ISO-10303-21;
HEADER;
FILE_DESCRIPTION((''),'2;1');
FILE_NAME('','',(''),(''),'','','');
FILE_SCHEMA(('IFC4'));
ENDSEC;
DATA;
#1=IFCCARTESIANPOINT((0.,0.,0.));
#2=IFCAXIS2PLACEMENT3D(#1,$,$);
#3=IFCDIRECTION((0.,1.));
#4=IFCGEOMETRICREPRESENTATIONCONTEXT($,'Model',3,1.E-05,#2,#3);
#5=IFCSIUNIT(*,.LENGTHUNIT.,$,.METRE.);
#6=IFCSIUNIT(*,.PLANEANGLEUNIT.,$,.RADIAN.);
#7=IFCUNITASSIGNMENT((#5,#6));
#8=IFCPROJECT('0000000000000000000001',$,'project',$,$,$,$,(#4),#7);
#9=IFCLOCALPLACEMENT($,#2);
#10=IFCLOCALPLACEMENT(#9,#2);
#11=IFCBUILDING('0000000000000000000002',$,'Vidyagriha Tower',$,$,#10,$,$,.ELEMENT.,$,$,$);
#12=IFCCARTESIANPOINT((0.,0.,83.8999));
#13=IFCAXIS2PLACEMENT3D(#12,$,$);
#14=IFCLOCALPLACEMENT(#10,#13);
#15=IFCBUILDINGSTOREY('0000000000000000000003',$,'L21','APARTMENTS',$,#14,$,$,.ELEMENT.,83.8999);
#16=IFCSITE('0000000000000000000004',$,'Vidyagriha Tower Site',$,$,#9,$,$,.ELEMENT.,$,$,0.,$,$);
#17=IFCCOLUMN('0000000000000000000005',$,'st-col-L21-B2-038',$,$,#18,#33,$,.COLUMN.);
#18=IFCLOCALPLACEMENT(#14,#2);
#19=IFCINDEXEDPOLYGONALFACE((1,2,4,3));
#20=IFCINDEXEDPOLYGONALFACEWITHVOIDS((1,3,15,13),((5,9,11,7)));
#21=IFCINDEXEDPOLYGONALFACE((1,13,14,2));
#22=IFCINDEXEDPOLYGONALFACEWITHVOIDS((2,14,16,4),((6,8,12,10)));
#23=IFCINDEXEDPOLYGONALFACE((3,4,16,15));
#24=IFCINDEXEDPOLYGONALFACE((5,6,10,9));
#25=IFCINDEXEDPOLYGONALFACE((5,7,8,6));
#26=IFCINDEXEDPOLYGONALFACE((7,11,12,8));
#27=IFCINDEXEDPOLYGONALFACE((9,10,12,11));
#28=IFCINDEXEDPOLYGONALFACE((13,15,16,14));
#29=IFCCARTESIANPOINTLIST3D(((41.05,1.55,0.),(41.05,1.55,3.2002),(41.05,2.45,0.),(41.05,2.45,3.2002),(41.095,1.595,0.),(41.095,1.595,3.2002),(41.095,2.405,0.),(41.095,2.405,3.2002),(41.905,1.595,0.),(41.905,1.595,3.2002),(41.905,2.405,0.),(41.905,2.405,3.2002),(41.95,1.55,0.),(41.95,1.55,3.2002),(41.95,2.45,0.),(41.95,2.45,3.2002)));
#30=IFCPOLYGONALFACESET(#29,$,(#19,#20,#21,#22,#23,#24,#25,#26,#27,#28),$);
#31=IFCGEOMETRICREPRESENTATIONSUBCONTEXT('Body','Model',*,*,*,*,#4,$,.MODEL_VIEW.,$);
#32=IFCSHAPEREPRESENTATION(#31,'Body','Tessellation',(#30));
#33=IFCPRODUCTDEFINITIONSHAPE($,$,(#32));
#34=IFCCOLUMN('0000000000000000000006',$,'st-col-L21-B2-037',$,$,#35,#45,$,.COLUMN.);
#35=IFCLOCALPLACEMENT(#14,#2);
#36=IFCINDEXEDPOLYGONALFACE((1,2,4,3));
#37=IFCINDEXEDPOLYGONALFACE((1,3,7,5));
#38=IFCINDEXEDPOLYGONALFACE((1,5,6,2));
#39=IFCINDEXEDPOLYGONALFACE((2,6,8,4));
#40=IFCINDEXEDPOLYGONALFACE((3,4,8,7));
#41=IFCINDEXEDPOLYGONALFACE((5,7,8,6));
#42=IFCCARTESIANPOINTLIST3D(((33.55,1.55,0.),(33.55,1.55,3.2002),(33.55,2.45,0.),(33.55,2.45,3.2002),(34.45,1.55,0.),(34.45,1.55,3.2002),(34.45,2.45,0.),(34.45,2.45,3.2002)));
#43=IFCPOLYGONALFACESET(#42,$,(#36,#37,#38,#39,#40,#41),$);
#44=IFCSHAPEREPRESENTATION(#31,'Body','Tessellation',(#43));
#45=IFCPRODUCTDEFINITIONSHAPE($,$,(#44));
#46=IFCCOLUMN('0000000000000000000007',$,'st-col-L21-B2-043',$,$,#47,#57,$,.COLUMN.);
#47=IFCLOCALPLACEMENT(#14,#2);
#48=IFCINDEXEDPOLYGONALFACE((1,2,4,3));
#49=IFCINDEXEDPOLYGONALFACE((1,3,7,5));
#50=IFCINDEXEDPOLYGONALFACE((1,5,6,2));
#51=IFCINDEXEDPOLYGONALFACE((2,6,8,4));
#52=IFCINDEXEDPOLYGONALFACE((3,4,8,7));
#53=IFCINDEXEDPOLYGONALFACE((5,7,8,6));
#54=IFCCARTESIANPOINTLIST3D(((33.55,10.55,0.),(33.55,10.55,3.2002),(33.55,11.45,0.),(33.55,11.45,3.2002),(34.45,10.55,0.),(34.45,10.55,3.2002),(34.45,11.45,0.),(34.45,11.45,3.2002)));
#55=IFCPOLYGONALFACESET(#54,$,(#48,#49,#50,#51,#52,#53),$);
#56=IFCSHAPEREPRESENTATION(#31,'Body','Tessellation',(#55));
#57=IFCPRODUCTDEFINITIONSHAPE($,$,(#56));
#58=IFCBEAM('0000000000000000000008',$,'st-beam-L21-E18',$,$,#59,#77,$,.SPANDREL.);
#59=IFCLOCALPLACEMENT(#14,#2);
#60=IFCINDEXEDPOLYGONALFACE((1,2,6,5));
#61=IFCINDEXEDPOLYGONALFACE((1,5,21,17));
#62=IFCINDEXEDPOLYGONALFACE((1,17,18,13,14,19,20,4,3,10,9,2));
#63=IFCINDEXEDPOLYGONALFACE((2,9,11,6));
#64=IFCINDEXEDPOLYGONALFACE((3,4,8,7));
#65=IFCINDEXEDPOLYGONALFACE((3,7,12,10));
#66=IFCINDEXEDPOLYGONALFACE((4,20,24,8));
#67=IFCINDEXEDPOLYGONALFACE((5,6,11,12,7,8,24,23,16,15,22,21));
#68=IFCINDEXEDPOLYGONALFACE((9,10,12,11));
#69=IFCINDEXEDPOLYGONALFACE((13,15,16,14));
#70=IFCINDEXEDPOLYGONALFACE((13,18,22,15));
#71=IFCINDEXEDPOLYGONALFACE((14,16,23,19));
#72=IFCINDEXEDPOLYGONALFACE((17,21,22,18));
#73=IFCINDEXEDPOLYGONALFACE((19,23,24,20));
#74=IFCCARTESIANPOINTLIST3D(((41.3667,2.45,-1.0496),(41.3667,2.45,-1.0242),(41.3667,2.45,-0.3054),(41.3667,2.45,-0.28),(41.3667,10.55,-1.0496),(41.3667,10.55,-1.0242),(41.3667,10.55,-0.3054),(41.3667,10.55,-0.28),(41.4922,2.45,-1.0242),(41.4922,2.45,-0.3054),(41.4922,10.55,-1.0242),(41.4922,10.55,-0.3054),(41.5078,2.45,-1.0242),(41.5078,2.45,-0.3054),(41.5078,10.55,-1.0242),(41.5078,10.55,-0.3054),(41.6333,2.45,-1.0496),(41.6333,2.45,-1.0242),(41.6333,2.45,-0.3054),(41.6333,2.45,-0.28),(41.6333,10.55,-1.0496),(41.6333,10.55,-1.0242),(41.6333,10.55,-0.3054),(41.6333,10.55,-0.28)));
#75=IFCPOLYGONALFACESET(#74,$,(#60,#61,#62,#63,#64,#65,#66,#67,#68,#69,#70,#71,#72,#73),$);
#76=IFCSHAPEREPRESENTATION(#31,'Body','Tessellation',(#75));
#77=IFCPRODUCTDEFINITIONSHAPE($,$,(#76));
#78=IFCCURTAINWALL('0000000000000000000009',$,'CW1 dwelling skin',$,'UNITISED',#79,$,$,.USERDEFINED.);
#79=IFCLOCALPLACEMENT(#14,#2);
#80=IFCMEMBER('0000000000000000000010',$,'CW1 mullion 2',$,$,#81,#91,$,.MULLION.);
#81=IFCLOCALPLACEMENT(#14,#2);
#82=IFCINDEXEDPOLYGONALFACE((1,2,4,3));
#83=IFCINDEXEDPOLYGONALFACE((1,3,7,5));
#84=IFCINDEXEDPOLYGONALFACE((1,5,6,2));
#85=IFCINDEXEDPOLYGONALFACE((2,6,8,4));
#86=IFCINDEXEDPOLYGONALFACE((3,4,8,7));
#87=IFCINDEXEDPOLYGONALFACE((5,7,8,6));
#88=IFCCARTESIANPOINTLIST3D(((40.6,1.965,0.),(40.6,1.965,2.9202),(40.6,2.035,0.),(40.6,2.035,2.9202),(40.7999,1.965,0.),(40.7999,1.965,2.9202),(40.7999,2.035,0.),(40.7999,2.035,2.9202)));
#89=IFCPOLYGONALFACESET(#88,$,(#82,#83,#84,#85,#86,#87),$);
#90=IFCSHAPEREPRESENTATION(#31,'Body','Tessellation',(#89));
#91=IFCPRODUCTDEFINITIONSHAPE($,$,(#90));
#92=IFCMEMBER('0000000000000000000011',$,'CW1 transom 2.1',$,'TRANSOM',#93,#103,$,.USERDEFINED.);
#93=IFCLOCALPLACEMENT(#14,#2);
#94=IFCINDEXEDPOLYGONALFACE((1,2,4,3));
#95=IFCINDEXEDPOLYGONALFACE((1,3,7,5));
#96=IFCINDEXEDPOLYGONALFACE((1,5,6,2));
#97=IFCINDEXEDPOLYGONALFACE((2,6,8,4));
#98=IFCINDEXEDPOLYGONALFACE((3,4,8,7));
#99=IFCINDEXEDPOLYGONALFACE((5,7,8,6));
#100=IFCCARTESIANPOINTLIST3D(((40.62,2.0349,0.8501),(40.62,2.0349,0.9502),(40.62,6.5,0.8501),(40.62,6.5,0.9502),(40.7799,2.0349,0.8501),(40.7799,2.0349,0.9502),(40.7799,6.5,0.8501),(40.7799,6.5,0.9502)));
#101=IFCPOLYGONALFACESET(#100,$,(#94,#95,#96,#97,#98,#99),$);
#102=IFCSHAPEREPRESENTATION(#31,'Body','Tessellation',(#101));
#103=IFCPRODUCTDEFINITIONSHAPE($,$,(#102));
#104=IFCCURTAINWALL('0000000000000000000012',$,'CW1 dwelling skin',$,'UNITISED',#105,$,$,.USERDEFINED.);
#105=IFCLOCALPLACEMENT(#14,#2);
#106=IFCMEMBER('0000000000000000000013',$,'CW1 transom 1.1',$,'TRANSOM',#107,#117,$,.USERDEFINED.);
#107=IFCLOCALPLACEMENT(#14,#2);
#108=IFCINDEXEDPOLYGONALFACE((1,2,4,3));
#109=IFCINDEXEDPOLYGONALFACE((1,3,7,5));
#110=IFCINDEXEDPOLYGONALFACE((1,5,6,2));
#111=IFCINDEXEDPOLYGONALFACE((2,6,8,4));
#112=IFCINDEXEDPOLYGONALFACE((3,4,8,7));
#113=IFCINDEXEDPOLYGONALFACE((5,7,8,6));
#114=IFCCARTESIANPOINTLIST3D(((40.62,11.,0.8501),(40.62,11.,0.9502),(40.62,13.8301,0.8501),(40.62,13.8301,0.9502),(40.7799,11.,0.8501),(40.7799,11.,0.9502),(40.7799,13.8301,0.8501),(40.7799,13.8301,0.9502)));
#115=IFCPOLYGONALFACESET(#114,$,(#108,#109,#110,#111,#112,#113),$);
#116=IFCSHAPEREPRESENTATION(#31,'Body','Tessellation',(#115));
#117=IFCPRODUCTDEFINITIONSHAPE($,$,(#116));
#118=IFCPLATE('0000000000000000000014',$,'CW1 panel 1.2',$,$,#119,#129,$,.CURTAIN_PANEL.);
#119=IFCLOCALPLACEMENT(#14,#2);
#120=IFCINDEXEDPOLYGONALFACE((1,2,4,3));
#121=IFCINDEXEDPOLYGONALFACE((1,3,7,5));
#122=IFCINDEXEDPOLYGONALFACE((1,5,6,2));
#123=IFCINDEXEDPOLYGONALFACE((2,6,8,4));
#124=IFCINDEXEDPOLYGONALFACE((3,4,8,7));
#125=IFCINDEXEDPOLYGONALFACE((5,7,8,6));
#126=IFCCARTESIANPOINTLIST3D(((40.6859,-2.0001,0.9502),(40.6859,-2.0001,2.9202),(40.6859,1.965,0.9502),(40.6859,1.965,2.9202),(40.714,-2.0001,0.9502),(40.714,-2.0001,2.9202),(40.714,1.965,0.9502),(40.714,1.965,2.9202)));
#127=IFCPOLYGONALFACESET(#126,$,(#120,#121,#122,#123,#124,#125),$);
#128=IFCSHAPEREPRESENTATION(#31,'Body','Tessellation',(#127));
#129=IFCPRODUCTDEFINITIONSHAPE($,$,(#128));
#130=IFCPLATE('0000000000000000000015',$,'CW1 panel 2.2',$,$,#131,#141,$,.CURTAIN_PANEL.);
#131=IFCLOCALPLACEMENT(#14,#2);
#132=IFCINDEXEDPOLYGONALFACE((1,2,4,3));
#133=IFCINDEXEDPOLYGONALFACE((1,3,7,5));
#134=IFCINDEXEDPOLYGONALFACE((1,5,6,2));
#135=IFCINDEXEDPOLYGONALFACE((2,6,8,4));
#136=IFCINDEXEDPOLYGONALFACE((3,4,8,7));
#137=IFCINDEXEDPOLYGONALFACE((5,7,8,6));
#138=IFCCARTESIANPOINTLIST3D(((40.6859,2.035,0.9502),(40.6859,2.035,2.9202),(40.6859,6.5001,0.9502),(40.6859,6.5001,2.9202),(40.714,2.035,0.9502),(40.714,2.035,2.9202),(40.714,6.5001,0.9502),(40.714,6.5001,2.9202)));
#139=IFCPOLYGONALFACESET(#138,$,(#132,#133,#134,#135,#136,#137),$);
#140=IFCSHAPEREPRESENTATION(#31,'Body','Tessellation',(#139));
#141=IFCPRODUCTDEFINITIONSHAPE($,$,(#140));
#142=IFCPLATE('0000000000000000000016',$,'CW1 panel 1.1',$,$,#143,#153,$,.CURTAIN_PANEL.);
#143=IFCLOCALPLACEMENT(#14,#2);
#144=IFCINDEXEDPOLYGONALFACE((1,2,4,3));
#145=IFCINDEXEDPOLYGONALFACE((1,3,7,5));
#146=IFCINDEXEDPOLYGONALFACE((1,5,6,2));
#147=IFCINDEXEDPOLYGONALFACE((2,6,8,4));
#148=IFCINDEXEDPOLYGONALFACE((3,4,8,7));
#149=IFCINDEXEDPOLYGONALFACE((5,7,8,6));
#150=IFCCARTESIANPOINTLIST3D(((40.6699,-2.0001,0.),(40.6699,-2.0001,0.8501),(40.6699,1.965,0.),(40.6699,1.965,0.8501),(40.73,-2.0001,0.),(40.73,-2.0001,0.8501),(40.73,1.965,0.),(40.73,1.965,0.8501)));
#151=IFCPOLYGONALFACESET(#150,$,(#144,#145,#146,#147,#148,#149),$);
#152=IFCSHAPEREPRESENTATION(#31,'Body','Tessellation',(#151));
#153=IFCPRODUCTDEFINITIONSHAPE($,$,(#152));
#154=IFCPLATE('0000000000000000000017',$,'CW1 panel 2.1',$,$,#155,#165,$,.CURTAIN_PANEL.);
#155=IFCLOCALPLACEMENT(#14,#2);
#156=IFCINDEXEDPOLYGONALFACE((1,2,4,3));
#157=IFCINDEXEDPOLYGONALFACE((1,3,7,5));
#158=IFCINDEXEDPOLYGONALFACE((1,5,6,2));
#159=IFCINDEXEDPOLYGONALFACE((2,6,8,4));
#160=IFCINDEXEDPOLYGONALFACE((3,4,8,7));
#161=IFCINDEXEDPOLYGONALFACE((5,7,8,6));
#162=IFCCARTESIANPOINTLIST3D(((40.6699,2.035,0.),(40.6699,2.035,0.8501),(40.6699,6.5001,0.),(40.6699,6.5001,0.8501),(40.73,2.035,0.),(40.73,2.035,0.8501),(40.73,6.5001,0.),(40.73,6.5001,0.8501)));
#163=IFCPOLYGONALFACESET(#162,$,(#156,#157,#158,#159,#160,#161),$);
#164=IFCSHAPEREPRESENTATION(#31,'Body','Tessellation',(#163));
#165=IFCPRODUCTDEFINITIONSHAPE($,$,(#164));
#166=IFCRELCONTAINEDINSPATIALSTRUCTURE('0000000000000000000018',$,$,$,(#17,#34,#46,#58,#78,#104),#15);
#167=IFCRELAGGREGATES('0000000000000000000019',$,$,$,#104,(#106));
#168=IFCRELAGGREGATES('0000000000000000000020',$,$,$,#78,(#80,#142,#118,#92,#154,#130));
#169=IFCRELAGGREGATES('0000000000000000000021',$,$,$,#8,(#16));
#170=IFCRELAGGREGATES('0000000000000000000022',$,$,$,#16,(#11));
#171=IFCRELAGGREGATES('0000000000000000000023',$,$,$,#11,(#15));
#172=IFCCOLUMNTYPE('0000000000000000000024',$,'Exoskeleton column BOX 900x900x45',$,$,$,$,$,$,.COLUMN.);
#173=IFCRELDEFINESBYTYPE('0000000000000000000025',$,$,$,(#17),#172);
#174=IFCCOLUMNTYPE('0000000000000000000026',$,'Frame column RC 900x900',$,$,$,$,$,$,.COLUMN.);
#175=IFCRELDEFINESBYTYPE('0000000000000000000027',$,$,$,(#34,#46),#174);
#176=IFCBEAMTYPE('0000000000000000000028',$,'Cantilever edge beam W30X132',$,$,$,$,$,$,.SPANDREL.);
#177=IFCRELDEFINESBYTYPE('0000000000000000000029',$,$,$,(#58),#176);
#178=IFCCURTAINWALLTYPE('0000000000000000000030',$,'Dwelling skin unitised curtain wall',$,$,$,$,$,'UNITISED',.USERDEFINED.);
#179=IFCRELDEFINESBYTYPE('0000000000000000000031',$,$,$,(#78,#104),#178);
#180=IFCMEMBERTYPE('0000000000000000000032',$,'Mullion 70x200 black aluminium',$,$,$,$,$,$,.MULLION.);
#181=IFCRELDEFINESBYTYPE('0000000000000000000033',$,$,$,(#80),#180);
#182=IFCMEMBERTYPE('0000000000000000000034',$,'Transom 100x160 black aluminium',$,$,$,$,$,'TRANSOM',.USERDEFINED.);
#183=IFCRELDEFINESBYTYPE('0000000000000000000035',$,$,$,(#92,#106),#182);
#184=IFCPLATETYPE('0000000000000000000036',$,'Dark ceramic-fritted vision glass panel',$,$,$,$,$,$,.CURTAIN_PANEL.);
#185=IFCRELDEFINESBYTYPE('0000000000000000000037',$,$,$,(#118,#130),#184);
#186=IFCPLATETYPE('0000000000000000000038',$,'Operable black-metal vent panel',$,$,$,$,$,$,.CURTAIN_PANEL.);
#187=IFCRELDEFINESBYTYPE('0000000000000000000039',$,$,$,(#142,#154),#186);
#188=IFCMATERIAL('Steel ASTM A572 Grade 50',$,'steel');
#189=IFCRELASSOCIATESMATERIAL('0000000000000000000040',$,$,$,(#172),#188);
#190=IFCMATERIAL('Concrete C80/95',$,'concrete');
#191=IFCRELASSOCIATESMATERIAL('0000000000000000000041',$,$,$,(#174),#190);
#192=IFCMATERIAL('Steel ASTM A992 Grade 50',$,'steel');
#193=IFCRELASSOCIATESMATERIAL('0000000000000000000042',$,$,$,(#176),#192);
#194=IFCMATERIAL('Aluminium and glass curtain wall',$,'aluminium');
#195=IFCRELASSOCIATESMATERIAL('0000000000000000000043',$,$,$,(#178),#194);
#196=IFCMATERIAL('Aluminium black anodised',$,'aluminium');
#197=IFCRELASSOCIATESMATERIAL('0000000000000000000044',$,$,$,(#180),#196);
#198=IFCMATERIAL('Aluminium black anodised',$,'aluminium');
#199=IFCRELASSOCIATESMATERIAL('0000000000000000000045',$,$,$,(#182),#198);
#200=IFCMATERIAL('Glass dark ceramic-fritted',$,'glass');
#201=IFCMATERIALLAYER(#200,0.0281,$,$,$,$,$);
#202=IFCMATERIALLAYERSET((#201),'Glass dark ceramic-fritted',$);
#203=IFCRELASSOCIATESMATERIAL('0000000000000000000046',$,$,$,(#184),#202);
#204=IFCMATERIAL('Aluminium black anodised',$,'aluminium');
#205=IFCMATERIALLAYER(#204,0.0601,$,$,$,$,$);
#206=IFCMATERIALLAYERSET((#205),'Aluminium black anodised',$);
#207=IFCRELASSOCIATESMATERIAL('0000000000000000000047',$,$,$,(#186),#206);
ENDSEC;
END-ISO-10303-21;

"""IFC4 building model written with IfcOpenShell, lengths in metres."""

from ifc_helpers import new_model, si_unit, direction, frame, origin, origin_2d, place, context, subcontext, project, spatial, rectangle, hollow_rectangle, i_section, extrude, material, layer, layer_set, material_profile, profile_set, type_object, element, aggregate, save


model = new_model("IFC4")

# Units and contexts
model_context = context("Model", 3, precision=1e-05, world=origin(), true_north=direction((0.0, 1.0)))
body_context = subcontext(model_context, "Body", "Model", "MODEL_VIEW")
ifc_project = project(units=[si_unit("LENGTHUNIT", "METRE"), si_unit("PLANEANGLEUNIT", "RADIAN")], contexts=[model_context])

# Site, building, storey
site_placement = place(None, origin())
site = spatial("IfcSite", under=ifc_project, at=site_placement, Name="Vidyagriha Tower Site", CompositionType="ELEMENT", RefElevation=0.0)
building_placement = place(site_placement, origin())
building = spatial("IfcBuilding", under=site, at=building_placement, Name="Vidyagriha Tower", CompositionType="ELEMENT")
storey_placement = place(building_placement, frame((0.0, 0.0, 83.8999)))
storey = spatial("IfcBuildingStorey", under=building, at=storey_placement, Name="L21", Description="APARTMENTS", CompositionType="ELEMENT", Elevation=83.8999)

# Columns
ifc_material_1 = material(Name="Steel ASTM A572 Grade 50", Category="steel")
ifc_material_profile_1 = material_profile(ifc_material_1, hollow_rectangle(XDim=0.8999, YDim=0.8999, WallThickness=0.0449, at=origin_2d()), Name="BOX 900x900x45")
ifc_profile_set_1 = profile_set([ifc_material_profile_1], Name="Steel ASTM A572 Grade 50")
column_type_1 = type_object("IfcColumnType", Name="Exoskeleton column BOX 900x900x45", PredefinedType="COLUMN", material=ifc_profile_set_1)
column_placement = place(storey_placement, frame((41.5, 2.0, 0.0)))
element("IfcColumn", 1, at=column_placement, inside=storey, type_object=column_type_1, Name="st-col-L21-B2-038", PredefinedType="COLUMN", context=body_context, shape_type="SweptSolid", body=[
    extrude(hollow_rectangle(XDim=0.8999, YDim=0.8999, WallThickness=0.0449, at=origin_2d()), origin(), (0.0, 0.0, 1.0), 3.2002),
])
ifc_material_2 = material(Name="Concrete C80/95", Category="concrete")
ifc_material_profile_2 = material_profile(ifc_material_2, rectangle(XDim=0.8999, YDim=0.8999, at=origin_2d()), Name="RC 900x900")
ifc_profile_set_2 = profile_set([ifc_material_profile_2], Name="Concrete C80/95")
column_type_2 = type_object("IfcColumnType", Name="Frame column RC 900x900", PredefinedType="COLUMN", material=ifc_profile_set_2)
for number, where, name in (
    (2, (34.0, 2.0, 0.0), "st-col-L21-B2-037"),
    (3, (34.0, 11.0, 0.0), "st-col-L21-B2-043"),
):
    element("IfcColumn", number, at=place(storey_placement, frame(where)), inside=storey, type_object=column_type_2, Name=name, PredefinedType="COLUMN", context=body_context, shape_type="SweptSolid", body=[
        extrude(rectangle(XDim=0.8999, YDim=0.8999, at=origin_2d()), origin(), (0.0, 0.0, 1.0), 3.2002),
    ])

# Beam
ifc_material_3 = material(Name="Steel ASTM A992 Grade 50", Category="steel")
ifc_material_profile_3 = material_profile(ifc_material_3, i_section(OverallWidth=0.2666, OverallDepth=0.7695, WebThickness=0.0156, FlangeThickness=0.0254, at=origin_2d()), Name="W30X132")
ifc_profile_set_3 = profile_set([ifc_material_profile_3], Name="Steel ASTM A992 Grade 50")
beam_type = type_object("IfcBeamType", Name="Cantilever edge beam W30X132", PredefinedType="SPANDREL", material=ifc_profile_set_3)
beam_placement = place(storey_placement, frame((41.5, 2.45, -0.6648), z_axis=(0.0, 1.0, 0.0), x_axis=(-1.0, 0.0, 0.0)))
element("IfcBeam", 4, at=beam_placement, inside=storey, type_object=beam_type, Name="st-beam-L21-E18", PredefinedType="SPANDREL", context=body_context, shape_type="SweptSolid", body=[
    extrude(i_section(OverallWidth=0.2666, OverallDepth=0.7695, WebThickness=0.0156, FlangeThickness=0.0254, at=origin_2d()), origin(), (0.0, 0.0, 1.0), 8.1001),
])

# Curtain wall, members
ifc_material_4 = material(Name="Aluminium and glass curtain wall", Category="aluminium")
curtain_wall_type = type_object("IfcCurtainWallType", Name="Dwelling skin unitised curtain wall", ElementType="UNITISED", PredefinedType="USERDEFINED", material=ifc_material_4)
curtain_wall_1_placement = place(storey_placement, origin())
curtain_wall_1 = element("IfcCurtainWall", 5, at=curtain_wall_1_placement, inside=storey, type_object=curtain_wall_type, Name="CW1 dwelling skin", ObjectType="UNITISED", PredefinedType="USERDEFINED")
ifc_material_5 = material(Name="Aluminium black anodised", Category="aluminium")
ifc_material_profile_4 = material_profile(ifc_material_5, rectangle(XDim=0.2, YDim=0.0701, at=origin_2d()), Name="Mullion 70x200 black aluminium")
ifc_profile_set_4 = profile_set([ifc_material_profile_4], Name="Aluminium black anodised")
member_type_1 = type_object("IfcMemberType", Name="Mullion 70x200 black aluminium", PredefinedType="MULLION", material=ifc_profile_set_4)
member_1_placement = place(storey_placement, frame((40.7, 2.0, 0.0), z_axis=(0.0, 0.0, 1.0), x_axis=(-1.0, 0.0, 0.0)))
member_1 = element("IfcMember", 6, at=member_1_placement, type_object=member_type_1, Name="CW1 mullion 2", PredefinedType="MULLION", context=body_context, shape_type="SweptSolid", body=[
    extrude(rectangle(XDim=0.2, YDim=0.0701, at=origin_2d()), origin(), (0.0, 0.0, 1.0), 2.9202),
])
ifc_material_6 = material(Name="Aluminium black anodised", Category="aluminium")
ifc_material_profile_5 = material_profile(ifc_material_6, rectangle(XDim=0.1599, YDim=0.1001, at=origin_2d()), Name="Transom 100x160 black aluminium")
ifc_profile_set_5 = profile_set([ifc_material_profile_5], Name="Aluminium black anodised")
member_type_2 = type_object("IfcMemberType", Name="Transom 100x160 black aluminium", ElementType="TRANSOM", PredefinedType="USERDEFINED", material=ifc_profile_set_5)
member_2_placement = place(storey_placement, frame((40.7, 2.0349, 0.9001), z_axis=(0.0, 1.0, 0.0), x_axis=(-1.0, 0.0, 0.0)))
member_2 = element("IfcMember", 7, at=member_2_placement, type_object=member_type_2, Name="CW1 transom 2.1", ObjectType="TRANSOM", PredefinedType="USERDEFINED", context=body_context, shape_type="SweptSolid", body=[
    extrude(rectangle(XDim=0.1599, YDim=0.1001, at=origin_2d()), origin(), (0.0, 0.0, 1.0), 4.4651),
])

# Curtain wall, member
curtain_wall_2_placement = place(storey_placement, origin())
curtain_wall_2 = element("IfcCurtainWall", 8, at=curtain_wall_2_placement, inside=storey, type_object=curtain_wall_type, Name="CW1 dwelling skin", ObjectType="UNITISED", PredefinedType="USERDEFINED")
member_3_placement = place(storey_placement, frame((40.7, 11.0, 0.9001), z_axis=(0.0, 1.0, 0.0), x_axis=(-1.0, 0.0, 0.0)))
member_3 = element("IfcMember", 9, at=member_3_placement, type_object=member_type_2, Name="CW1 transom 1.1", ObjectType="TRANSOM", PredefinedType="USERDEFINED", context=body_context, shape_type="SweptSolid", body=[
    extrude(rectangle(XDim=0.1599, YDim=0.1001, at=origin_2d()), origin(), (0.0, 0.0, 1.0), 2.8301),
])
aggregate(curtain_wall_2, [member_3])

# Plates
ifc_material_7 = material(Name="Glass dark ceramic-fritted", Category="glass")
ifc_layer_1 = layer(ifc_material_7, 0.0281)
ifc_layer_set_1 = layer_set([ifc_layer_1], Name="Glass dark ceramic-fritted")
plate_type_1 = type_object("IfcPlateType", Name="Dark ceramic-fritted vision glass panel", PredefinedType="CURTAIN_PANEL", material=ifc_layer_set_1)
plate_1_placement = place(storey_placement, frame((40.7, -0.0176, 0.9502), z_axis=(0.0, 0.0, 1.0), x_axis=(0.0, 1.0, 0.0)))
plate_1 = element("IfcPlate", 10, at=plate_1_placement, type_object=plate_type_1, Name="CW1 panel 1.2", PredefinedType="CURTAIN_PANEL", context=body_context, shape_type="SweptSolid", body=[
    extrude(rectangle(XDim=3.9651, YDim=0.0281, at=origin_2d()), origin(), (0.0, 0.0, 1.0), 1.97),
])
plate_2_placement = place(storey_placement, frame((40.7, 4.2676, 0.9502), z_axis=(0.0, 0.0, 1.0), x_axis=(0.0, 1.0, 0.0)))
plate_2 = element("IfcPlate", 11, at=plate_2_placement, type_object=plate_type_1, Name="CW1 panel 2.2", PredefinedType="CURTAIN_PANEL", context=body_context, shape_type="SweptSolid", body=[
    extrude(rectangle(XDim=4.4651, YDim=0.0281, at=origin_2d()), origin(), (0.0, 0.0, 1.0), 1.97),
])
ifc_material_8 = material(Name="Aluminium black anodised", Category="aluminium")
ifc_layer_2 = layer(ifc_material_8, 0.0601)
ifc_layer_set_2 = layer_set([ifc_layer_2], Name="Aluminium black anodised")
plate_type_2 = type_object("IfcPlateType", Name="Operable black-metal vent panel", PredefinedType="CURTAIN_PANEL", material=ifc_layer_set_2)
plate_3_placement = place(storey_placement, frame((40.7, -0.0176, 0.0), z_axis=(0.0, 0.0, 1.0), x_axis=(0.0, 1.0, 0.0)))
plate_3 = element("IfcPlate", 12, at=plate_3_placement, type_object=plate_type_2, Name="CW1 panel 1.1", PredefinedType="CURTAIN_PANEL", context=body_context, shape_type="SweptSolid", body=[
    extrude(rectangle(XDim=3.9651, YDim=0.0601, at=origin_2d()), origin(), (0.0, 0.0, 1.0), 0.8501),
])
plate_4_placement = place(storey_placement, frame((40.7, 4.2676, 0.0), z_axis=(0.0, 0.0, 1.0), x_axis=(0.0, 1.0, 0.0)))
plate_4 = element("IfcPlate", 13, at=plate_4_placement, type_object=plate_type_2, Name="CW1 panel 2.1", PredefinedType="CURTAIN_PANEL", context=body_context, shape_type="SweptSolid", body=[
    extrude(rectangle(XDim=4.4651, YDim=0.0601, at=origin_2d()), origin(), (0.0, 0.0, 1.0), 0.8501),
])
aggregate(curtain_wall_1, [member_1, plate_3, plate_1, member_2, plate_4, plate_2])

save(model, "model.ifc")
